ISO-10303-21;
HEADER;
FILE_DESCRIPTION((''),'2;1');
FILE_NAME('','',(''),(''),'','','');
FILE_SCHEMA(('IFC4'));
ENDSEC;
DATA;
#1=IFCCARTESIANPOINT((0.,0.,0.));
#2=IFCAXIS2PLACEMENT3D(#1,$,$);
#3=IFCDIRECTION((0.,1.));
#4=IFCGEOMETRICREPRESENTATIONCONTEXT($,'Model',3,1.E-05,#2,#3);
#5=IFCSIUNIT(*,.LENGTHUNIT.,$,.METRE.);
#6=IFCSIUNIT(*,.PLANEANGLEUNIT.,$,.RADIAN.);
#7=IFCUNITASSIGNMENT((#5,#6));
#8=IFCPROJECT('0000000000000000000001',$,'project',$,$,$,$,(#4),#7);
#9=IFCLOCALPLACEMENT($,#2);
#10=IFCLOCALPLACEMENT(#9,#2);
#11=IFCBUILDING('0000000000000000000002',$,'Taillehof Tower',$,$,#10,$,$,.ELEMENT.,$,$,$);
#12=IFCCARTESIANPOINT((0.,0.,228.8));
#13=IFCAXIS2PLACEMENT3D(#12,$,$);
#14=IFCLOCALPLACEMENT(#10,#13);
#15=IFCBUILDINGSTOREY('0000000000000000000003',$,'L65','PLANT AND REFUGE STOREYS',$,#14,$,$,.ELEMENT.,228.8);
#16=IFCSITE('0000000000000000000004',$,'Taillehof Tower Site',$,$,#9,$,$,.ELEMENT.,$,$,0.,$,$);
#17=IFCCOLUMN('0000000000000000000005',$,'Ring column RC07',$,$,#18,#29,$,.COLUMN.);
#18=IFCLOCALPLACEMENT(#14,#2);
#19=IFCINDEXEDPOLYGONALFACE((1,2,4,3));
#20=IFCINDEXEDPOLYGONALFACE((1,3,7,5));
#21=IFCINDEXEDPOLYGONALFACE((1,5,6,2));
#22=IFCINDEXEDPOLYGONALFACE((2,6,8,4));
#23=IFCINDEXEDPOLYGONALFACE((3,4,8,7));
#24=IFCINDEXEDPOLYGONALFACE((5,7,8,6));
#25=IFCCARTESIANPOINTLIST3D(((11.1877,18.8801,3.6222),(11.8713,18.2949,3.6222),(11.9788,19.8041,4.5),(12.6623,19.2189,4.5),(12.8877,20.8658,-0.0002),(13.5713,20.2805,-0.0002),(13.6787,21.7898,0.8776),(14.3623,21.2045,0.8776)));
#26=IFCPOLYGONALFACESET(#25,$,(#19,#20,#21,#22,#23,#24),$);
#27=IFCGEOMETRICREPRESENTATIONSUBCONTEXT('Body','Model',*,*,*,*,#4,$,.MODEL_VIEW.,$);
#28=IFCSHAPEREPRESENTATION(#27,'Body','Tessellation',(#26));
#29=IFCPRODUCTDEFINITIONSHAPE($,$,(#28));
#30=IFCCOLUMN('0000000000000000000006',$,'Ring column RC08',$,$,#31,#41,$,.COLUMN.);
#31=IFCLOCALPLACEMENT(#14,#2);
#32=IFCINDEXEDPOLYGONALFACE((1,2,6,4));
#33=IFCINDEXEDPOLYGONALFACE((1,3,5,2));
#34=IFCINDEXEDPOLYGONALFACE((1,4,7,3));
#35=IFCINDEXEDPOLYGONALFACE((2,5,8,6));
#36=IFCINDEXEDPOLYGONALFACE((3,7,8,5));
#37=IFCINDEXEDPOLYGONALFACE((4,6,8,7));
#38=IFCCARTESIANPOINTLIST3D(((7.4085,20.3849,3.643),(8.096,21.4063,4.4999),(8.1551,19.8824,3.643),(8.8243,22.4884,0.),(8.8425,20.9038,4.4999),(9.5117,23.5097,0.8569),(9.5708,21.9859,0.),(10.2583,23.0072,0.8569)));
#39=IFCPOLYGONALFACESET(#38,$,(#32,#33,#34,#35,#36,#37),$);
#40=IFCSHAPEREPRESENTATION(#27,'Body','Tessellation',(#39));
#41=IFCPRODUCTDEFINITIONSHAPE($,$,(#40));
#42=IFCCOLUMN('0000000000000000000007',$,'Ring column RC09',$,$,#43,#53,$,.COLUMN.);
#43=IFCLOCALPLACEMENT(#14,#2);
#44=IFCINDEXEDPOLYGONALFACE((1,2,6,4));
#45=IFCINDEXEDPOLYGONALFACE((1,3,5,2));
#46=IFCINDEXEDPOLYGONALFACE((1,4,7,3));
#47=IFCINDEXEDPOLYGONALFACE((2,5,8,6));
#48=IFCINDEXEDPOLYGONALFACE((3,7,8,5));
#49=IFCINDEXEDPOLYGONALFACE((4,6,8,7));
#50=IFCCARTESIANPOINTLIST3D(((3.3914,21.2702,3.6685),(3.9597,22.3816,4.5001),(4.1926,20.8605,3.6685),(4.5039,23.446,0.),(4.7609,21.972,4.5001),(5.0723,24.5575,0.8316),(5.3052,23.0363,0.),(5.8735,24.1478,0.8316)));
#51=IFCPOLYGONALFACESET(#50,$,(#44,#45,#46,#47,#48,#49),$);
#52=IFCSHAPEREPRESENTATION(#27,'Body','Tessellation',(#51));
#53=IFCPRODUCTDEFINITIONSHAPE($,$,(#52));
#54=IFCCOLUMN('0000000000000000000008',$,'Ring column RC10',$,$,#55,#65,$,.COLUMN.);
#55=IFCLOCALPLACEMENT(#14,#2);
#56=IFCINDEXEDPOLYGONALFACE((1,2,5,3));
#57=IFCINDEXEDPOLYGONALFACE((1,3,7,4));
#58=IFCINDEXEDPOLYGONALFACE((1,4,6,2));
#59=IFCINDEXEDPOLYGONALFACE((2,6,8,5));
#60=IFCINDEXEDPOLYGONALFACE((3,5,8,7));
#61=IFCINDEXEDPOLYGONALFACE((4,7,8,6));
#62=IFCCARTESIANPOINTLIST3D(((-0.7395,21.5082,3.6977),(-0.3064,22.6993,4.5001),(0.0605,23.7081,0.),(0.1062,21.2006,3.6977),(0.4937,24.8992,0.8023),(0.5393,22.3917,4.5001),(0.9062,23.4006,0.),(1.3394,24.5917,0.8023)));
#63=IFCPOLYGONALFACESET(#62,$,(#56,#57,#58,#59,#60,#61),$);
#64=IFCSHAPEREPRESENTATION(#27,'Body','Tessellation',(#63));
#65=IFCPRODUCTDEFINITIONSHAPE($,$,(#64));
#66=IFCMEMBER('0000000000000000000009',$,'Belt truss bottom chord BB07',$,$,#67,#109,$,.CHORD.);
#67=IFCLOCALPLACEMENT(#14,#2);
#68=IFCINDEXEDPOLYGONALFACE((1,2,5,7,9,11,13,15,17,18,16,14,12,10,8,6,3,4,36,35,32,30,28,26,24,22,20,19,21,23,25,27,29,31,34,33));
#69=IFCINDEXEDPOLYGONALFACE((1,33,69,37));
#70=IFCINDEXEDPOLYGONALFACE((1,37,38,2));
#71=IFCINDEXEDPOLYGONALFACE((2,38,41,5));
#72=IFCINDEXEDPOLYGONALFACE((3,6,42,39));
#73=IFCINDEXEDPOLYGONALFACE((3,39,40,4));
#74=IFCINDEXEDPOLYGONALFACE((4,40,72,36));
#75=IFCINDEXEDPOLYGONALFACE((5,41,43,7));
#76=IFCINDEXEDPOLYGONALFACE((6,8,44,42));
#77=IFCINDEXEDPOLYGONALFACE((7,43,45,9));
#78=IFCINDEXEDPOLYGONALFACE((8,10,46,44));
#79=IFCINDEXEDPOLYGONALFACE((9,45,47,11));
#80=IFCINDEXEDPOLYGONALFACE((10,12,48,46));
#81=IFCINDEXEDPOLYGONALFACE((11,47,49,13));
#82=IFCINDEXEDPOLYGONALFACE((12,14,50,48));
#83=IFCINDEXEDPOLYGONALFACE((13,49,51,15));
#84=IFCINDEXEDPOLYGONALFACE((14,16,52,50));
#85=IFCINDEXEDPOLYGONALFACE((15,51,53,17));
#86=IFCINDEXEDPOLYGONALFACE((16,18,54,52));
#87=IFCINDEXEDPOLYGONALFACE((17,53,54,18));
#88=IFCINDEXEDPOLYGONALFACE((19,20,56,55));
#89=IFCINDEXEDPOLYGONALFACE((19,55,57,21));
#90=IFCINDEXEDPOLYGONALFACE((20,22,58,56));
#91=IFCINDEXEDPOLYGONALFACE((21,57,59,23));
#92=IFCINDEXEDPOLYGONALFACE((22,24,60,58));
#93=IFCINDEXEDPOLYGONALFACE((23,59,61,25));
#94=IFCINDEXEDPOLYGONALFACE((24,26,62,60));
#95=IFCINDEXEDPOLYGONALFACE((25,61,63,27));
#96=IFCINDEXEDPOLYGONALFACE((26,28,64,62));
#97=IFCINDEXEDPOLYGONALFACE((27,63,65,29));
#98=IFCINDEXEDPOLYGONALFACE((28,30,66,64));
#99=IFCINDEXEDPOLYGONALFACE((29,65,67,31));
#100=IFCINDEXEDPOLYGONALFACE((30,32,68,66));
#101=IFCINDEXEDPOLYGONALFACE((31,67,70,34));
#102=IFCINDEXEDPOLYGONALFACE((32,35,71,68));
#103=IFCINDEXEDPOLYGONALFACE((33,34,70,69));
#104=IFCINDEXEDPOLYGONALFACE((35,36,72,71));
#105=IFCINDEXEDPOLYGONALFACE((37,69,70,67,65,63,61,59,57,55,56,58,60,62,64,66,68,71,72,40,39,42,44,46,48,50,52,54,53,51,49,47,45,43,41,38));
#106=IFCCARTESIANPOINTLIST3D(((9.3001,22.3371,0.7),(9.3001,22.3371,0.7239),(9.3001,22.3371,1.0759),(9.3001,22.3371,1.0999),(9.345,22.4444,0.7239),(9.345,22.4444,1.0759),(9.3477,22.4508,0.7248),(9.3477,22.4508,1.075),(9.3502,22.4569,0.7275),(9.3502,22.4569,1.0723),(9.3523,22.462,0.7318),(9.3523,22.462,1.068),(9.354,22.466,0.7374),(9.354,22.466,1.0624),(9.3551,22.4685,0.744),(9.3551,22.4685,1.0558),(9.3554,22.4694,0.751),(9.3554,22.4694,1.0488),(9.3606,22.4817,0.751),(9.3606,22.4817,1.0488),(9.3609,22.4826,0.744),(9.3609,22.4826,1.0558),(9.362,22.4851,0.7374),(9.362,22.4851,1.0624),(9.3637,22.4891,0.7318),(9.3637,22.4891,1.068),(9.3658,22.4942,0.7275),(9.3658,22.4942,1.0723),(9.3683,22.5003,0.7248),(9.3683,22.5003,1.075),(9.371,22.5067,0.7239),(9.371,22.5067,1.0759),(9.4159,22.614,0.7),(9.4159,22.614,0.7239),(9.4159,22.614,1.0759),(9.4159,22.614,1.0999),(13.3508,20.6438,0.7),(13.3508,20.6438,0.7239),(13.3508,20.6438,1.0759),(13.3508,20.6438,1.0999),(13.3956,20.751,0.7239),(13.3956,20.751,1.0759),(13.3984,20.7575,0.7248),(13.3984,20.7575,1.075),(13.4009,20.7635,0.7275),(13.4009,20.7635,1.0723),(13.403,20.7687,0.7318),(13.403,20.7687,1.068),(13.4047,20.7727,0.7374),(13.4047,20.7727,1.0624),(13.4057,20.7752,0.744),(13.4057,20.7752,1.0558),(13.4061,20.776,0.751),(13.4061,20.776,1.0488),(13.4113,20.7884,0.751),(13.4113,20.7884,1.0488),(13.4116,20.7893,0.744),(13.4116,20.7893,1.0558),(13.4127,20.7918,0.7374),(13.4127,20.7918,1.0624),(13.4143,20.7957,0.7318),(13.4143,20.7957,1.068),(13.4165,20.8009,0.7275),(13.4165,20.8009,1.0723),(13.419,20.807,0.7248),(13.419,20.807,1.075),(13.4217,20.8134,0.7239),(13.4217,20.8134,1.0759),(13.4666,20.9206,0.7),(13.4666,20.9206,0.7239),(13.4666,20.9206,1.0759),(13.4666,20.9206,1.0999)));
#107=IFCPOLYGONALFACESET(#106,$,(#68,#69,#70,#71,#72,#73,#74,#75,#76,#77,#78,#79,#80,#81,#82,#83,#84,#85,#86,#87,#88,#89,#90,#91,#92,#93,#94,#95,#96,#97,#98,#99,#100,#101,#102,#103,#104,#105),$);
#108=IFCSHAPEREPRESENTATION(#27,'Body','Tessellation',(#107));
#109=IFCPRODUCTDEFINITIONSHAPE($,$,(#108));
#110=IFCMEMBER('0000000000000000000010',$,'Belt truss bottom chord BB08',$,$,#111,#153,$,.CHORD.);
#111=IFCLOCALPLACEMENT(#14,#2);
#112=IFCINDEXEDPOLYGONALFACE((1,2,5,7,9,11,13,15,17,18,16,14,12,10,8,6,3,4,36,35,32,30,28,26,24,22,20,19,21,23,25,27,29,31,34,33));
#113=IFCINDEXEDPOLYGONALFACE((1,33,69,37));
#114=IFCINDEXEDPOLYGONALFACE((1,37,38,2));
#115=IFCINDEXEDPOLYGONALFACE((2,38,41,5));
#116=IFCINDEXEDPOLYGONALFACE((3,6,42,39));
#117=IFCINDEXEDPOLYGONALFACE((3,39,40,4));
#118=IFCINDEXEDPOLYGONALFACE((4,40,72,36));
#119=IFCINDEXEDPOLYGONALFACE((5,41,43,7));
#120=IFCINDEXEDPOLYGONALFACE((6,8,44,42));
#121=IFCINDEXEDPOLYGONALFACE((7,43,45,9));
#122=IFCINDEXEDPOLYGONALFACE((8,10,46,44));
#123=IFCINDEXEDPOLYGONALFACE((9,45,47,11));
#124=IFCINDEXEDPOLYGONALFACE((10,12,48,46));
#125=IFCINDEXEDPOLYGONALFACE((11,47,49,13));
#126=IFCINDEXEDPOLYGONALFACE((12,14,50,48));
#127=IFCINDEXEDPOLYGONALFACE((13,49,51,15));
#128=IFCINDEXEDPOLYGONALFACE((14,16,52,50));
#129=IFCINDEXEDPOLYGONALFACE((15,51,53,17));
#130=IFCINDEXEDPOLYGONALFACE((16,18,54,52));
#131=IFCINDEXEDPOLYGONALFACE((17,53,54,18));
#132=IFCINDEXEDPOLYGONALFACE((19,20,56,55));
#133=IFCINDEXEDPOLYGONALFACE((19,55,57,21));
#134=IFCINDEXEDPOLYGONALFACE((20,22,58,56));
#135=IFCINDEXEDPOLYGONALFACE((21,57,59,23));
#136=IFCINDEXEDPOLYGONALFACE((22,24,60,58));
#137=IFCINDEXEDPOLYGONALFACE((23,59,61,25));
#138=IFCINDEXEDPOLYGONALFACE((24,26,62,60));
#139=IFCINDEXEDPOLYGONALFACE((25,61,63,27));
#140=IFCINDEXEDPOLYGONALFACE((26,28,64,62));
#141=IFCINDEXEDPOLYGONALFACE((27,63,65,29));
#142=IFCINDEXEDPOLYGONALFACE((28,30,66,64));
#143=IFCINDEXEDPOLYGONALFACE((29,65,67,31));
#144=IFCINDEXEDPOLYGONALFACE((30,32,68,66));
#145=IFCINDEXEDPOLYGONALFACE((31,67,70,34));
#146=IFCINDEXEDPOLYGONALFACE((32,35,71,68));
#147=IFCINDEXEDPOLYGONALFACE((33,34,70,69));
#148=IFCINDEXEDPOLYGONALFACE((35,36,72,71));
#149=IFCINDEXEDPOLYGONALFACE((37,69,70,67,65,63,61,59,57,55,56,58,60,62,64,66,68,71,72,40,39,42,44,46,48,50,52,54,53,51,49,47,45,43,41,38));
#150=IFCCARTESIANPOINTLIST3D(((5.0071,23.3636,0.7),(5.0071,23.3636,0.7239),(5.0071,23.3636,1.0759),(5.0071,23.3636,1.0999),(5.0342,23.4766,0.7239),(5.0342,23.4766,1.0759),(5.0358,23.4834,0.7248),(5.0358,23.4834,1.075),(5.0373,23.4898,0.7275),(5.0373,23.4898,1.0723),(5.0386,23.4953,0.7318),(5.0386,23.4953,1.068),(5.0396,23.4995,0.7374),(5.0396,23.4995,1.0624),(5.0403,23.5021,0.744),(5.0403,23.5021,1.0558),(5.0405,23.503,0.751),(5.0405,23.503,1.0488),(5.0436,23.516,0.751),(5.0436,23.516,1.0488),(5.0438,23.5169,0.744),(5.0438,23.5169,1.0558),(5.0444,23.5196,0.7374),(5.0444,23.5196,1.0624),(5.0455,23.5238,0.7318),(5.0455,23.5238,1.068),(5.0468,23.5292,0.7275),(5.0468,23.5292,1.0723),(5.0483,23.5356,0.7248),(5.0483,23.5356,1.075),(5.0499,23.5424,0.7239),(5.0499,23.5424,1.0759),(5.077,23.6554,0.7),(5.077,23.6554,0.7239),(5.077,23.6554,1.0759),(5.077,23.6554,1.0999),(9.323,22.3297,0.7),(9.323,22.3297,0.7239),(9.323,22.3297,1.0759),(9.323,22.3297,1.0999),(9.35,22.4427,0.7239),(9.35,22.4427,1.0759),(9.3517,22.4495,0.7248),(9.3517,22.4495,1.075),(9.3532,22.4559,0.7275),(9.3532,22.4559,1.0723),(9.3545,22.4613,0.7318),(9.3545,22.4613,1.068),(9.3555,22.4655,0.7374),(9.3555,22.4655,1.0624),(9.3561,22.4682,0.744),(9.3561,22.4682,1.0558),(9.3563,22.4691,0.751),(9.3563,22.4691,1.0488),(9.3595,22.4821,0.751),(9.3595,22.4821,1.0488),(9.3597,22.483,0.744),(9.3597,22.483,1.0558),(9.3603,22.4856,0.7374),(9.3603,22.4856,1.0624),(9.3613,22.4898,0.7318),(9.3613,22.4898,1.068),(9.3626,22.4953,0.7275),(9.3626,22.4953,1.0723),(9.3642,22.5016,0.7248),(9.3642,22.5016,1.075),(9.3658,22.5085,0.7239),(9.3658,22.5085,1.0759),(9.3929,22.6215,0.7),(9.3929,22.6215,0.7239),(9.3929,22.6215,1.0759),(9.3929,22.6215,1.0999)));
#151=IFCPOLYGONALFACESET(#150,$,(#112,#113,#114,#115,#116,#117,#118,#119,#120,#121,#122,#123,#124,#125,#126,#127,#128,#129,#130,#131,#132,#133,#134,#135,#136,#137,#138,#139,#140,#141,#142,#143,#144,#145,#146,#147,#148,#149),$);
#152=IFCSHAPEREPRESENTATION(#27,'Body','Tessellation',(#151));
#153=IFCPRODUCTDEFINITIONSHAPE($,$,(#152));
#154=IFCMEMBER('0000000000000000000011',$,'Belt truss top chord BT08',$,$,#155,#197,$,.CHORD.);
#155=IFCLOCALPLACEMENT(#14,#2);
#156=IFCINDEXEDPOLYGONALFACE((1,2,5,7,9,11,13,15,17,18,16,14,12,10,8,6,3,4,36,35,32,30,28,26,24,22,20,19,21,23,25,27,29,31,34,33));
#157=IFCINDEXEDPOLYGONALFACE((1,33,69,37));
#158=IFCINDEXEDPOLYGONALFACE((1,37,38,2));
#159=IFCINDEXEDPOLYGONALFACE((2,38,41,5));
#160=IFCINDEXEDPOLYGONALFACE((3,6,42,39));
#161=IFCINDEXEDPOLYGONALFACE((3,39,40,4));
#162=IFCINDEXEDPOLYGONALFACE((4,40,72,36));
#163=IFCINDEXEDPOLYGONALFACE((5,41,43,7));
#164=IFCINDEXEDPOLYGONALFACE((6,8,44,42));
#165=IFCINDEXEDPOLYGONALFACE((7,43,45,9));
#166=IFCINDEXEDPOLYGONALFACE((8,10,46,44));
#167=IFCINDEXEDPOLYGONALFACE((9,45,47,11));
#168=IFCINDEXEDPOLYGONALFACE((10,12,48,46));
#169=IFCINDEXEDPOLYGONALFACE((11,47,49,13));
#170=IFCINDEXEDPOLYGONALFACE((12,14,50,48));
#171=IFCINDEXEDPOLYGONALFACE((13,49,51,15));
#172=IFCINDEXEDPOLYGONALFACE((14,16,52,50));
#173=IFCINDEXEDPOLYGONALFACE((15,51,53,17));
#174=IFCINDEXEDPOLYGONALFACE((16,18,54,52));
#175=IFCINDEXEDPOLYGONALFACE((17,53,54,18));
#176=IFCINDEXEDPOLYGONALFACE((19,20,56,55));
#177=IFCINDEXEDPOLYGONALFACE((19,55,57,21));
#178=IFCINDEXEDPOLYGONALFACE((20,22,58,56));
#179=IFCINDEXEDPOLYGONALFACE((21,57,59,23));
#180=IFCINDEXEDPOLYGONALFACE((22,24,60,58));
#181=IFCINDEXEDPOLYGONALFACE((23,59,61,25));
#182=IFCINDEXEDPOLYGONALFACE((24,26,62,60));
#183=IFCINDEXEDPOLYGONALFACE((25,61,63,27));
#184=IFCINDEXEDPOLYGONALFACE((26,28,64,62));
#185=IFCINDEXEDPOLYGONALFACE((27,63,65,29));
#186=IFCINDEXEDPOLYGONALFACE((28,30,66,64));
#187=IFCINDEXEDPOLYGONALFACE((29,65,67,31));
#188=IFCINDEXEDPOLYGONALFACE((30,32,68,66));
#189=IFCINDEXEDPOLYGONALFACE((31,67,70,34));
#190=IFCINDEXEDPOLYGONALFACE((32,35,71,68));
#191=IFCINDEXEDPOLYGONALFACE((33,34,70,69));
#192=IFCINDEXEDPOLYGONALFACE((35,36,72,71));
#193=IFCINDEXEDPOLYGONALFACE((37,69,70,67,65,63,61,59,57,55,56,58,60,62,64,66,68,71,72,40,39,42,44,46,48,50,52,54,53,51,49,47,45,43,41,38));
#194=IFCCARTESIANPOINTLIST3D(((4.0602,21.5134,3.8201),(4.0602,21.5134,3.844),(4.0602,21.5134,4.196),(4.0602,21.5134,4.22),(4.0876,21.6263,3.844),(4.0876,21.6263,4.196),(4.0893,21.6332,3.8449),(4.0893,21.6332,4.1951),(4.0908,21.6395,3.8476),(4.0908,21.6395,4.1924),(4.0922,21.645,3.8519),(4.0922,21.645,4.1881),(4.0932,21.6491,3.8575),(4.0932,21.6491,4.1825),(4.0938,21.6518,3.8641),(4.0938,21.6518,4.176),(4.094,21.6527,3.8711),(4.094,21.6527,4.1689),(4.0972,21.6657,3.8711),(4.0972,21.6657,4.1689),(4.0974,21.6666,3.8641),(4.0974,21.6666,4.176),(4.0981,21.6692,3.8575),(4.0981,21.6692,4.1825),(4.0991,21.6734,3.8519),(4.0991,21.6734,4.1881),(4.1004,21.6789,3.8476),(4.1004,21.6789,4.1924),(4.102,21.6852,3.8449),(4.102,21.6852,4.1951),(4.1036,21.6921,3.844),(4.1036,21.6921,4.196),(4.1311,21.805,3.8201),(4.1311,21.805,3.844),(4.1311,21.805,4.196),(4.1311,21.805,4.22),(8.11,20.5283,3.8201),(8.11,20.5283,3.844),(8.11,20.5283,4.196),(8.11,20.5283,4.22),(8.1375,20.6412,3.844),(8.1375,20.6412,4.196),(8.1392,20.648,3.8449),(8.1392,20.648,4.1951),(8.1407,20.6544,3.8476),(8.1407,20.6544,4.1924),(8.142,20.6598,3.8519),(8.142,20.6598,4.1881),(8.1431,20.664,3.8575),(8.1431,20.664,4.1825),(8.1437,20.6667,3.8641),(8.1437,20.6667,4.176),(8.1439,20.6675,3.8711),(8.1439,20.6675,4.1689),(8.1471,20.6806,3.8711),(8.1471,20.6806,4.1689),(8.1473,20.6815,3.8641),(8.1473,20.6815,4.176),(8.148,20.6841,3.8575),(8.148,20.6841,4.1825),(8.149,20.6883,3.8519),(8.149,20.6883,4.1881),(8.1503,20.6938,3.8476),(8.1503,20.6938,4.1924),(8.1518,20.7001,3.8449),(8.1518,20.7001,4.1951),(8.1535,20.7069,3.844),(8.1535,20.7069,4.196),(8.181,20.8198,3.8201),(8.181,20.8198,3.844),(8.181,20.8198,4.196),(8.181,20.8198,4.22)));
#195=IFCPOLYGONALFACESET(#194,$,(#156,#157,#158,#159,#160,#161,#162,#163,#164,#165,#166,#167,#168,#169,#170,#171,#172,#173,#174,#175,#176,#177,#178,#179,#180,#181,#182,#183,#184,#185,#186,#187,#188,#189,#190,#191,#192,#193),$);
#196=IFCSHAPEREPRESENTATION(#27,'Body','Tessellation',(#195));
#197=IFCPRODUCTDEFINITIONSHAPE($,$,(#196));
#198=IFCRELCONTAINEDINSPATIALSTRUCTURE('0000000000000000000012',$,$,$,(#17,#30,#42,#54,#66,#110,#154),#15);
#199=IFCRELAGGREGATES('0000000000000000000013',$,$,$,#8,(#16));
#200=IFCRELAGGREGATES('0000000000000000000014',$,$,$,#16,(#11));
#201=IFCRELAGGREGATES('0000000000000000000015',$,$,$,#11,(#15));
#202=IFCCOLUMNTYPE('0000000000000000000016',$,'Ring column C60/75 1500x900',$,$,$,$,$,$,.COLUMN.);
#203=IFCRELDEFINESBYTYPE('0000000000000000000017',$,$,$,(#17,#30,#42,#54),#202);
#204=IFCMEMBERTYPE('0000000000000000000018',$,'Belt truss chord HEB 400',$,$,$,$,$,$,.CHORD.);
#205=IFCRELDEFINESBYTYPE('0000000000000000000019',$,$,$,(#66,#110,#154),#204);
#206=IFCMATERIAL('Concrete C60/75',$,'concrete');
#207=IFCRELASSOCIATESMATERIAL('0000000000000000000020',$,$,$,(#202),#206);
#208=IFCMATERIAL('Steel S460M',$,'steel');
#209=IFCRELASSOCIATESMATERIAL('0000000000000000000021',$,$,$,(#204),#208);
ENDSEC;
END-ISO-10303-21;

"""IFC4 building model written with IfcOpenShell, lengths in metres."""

from ifc_helpers import new_model, si_unit, direction, frame, origin, origin_2d, place, context, subcontext, project, spatial, rectangle, i_section, extrude, material, material_profile, profile_set, type_object, element, save


model = new_model("IFC4")

# Units and contexts
model_context = context("Model", 3, precision=1e-05, world=origin(), true_north=direction((0.0, 1.0)))
body_context = subcontext(model_context, "Body", "Model", "MODEL_VIEW")
ifc_project = project(units=[si_unit("LENGTHUNIT", "METRE"), si_unit("PLANEANGLEUNIT", "RADIAN")], contexts=[model_context])

# Site, building, storey
site_placement = place(None, origin())
site = spatial("IfcSite", under=ifc_project, at=site_placement, Name="Taillehof Tower Site", CompositionType="ELEMENT", RefElevation=0.0)
building_placement = place(site_placement, origin())
building = spatial("IfcBuilding", under=site, at=building_placement, Name="Taillehof Tower", CompositionType="ELEMENT")
storey_placement = place(building_placement, frame((0.0, 0.0, 228.8)))
storey = spatial("IfcBuildingStorey", under=building, at=storey_placement, Name="L65", Description="PLANT AND REFUGE STOREYS", CompositionType="ELEMENT", Elevation=228.8)

# Columns
ifc_material_1 = material(Name="Concrete C60/75", Category="concrete")
ifc_material_profile_1 = material_profile(ifc_material_1, rectangle(XDim=1.5, YDim=0.8999, at=origin_2d()), Name="RC 1500x900")
ifc_profile_set_1 = profile_set([ifc_material_profile_1], Name="Concrete C60/75")
column_type = type_object("IfcColumnType", Name="Ring column C60/75 1500x900", PredefinedType="COLUMN", material=ifc_profile_set_1)
column_1_placement = place(storey_placement, frame((13.625, 21.0352, 0.4387), z_axis=(-0.380562, -0.444509, 0.810916), x_axis=(0.527381, 0.615998, 0.585163)))
element("IfcColumn", 1, at=column_1_placement, inside=storey, type_object=column_type, Name="Ring column RC07", PredefinedType="COLUMN", context=body_context, shape_type="SweptSolid", body=[
    extrude(rectangle(XDim=1.5, YDim=0.8999, at=origin_2d()), origin(), (0.0, 0.0, 1.0), 4.467),
])
column_2_placement = place(storey_placement, frame((9.5413, 22.7478, 0.4285), z_axis=(-0.318968, -0.473915, 0.82077), x_axis=(0.458286, 0.680909, 0.571258)))
element("IfcColumn", 2, at=column_2_placement, inside=storey, type_object=column_type, Name="Ring column RC08", PredefinedType="COLUMN", context=body_context, shape_type="SweptSolid", body=[
    extrude(rectangle(XDim=1.5, YDim=0.8999, at=origin_2d()), origin(), (0.0, 0.0, 1.0), 4.4385),
])
column_3_placement = place(storey_placement, frame((5.1887, 23.7969, 0.4158), z_axis=(-0.2524, -0.493612, 0.832251), x_axis=(0.378897, 0.740998, 0.5544)))
element("IfcColumn", 3, at=column_3_placement, inside=storey, type_object=column_type, Name="Ring column RC09", PredefinedType="COLUMN", context=body_context, shape_type="SweptSolid", body=[
    extrude(rectangle(XDim=1.5, YDim=0.8999, at=origin_2d()), origin(), (0.0, 0.0, 1.0), 4.408),
])
column_4_placement = place(storey_placement, frame((0.7, 24.1499, 0.4011), z_axis=(-0.182808, -0.50268, 0.844922), x_axis=(0.288768, 0.794045, 0.534889)))
element("IfcColumn", 4, at=column_4_placement, inside=storey, type_object=column_type, Name="Ring column RC10", PredefinedType="COLUMN", context=body_context, shape_type="SweptSolid", body=[
    extrude(rectangle(XDim=1.5, YDim=0.8999, at=origin_2d()), origin(), (0.0, 0.0, 1.0), 4.3765),
])

# Members
ifc_material_2 = material(Name="Steel S460M", Category="steel")
ifc_material_profile_2 = material_profile(ifc_material_2, i_section(OverallWidth=0.3, OverallDepth=0.3999, WebThickness=0.0134, FlangeThickness=0.0239, FilletRadius=0.0271, at=origin_2d()), Name="HEB 400")
ifc_profile_set_2 = profile_set([ifc_material_profile_2], Name="Steel S460M")
member_type_1 = type_object("IfcMemberType", Name="Belt truss chord HEB 400", PredefinedType="CHORD", material=ifc_profile_set_2)
member_1_placement = place(storey_placement, frame((13.4087, 20.7822, 0.8999), z_axis=(-0.922629, 0.385689, 0.0), x_axis=(-0.385689, -0.922629, 0.0)))
element("IfcMember", 5, at=member_1_placement, inside=storey, type_object=member_type_1, Name="Belt truss bottom chord BB07", PredefinedType="CHORD", context=body_context, shape_type="SweptSolid", body=[
    extrude(i_section(OverallWidth=0.3, OverallDepth=0.3999, WebThickness=0.0134, FlangeThickness=0.0239, FilletRadius=0.0271, at=origin_2d()), origin(), (0.0, 0.0, 1.0), 4.3904),
])
member_2_placement = place(storey_placement, frame((9.3579, 22.4756, 0.8999), z_axis=(-0.972484, 0.232971, 0.0), x_axis=(-0.232971, -0.972484, 0.0)))
element("IfcMember", 6, at=member_2_placement, inside=storey, type_object=member_type_1, Name="Belt truss bottom chord BB08", PredefinedType="CHORD", context=body_context, shape_type="SweptSolid", body=[
    extrude(i_section(OverallWidth=0.3, OverallDepth=0.3999, WebThickness=0.0134, FlangeThickness=0.0239, FilletRadius=0.0271, at=origin_2d()), origin(), (0.0, 0.0, 1.0), 4.438),
])
member_3_placement = place(storey_placement, frame((8.1455, 20.6741, 4.02), z_axis=(-0.971667, 0.236356, 0.0), x_axis=(-0.236356, -0.971667, 0.0)))
element("IfcMember", 7, at=member_3_placement, inside=storey, type_object=member_type_1, Name="Belt truss top chord BT08", PredefinedType="CHORD", context=body_context, shape_type="SweptSolid", body=[
    extrude(i_section(OverallWidth=0.3, OverallDepth=0.3999, WebThickness=0.0134, FlangeThickness=0.0239, FilletRadius=0.0271, at=origin_2d()), origin(), (0.0, 0.0, 1.0), 4.168),
])

save(model, "model.ifc")
